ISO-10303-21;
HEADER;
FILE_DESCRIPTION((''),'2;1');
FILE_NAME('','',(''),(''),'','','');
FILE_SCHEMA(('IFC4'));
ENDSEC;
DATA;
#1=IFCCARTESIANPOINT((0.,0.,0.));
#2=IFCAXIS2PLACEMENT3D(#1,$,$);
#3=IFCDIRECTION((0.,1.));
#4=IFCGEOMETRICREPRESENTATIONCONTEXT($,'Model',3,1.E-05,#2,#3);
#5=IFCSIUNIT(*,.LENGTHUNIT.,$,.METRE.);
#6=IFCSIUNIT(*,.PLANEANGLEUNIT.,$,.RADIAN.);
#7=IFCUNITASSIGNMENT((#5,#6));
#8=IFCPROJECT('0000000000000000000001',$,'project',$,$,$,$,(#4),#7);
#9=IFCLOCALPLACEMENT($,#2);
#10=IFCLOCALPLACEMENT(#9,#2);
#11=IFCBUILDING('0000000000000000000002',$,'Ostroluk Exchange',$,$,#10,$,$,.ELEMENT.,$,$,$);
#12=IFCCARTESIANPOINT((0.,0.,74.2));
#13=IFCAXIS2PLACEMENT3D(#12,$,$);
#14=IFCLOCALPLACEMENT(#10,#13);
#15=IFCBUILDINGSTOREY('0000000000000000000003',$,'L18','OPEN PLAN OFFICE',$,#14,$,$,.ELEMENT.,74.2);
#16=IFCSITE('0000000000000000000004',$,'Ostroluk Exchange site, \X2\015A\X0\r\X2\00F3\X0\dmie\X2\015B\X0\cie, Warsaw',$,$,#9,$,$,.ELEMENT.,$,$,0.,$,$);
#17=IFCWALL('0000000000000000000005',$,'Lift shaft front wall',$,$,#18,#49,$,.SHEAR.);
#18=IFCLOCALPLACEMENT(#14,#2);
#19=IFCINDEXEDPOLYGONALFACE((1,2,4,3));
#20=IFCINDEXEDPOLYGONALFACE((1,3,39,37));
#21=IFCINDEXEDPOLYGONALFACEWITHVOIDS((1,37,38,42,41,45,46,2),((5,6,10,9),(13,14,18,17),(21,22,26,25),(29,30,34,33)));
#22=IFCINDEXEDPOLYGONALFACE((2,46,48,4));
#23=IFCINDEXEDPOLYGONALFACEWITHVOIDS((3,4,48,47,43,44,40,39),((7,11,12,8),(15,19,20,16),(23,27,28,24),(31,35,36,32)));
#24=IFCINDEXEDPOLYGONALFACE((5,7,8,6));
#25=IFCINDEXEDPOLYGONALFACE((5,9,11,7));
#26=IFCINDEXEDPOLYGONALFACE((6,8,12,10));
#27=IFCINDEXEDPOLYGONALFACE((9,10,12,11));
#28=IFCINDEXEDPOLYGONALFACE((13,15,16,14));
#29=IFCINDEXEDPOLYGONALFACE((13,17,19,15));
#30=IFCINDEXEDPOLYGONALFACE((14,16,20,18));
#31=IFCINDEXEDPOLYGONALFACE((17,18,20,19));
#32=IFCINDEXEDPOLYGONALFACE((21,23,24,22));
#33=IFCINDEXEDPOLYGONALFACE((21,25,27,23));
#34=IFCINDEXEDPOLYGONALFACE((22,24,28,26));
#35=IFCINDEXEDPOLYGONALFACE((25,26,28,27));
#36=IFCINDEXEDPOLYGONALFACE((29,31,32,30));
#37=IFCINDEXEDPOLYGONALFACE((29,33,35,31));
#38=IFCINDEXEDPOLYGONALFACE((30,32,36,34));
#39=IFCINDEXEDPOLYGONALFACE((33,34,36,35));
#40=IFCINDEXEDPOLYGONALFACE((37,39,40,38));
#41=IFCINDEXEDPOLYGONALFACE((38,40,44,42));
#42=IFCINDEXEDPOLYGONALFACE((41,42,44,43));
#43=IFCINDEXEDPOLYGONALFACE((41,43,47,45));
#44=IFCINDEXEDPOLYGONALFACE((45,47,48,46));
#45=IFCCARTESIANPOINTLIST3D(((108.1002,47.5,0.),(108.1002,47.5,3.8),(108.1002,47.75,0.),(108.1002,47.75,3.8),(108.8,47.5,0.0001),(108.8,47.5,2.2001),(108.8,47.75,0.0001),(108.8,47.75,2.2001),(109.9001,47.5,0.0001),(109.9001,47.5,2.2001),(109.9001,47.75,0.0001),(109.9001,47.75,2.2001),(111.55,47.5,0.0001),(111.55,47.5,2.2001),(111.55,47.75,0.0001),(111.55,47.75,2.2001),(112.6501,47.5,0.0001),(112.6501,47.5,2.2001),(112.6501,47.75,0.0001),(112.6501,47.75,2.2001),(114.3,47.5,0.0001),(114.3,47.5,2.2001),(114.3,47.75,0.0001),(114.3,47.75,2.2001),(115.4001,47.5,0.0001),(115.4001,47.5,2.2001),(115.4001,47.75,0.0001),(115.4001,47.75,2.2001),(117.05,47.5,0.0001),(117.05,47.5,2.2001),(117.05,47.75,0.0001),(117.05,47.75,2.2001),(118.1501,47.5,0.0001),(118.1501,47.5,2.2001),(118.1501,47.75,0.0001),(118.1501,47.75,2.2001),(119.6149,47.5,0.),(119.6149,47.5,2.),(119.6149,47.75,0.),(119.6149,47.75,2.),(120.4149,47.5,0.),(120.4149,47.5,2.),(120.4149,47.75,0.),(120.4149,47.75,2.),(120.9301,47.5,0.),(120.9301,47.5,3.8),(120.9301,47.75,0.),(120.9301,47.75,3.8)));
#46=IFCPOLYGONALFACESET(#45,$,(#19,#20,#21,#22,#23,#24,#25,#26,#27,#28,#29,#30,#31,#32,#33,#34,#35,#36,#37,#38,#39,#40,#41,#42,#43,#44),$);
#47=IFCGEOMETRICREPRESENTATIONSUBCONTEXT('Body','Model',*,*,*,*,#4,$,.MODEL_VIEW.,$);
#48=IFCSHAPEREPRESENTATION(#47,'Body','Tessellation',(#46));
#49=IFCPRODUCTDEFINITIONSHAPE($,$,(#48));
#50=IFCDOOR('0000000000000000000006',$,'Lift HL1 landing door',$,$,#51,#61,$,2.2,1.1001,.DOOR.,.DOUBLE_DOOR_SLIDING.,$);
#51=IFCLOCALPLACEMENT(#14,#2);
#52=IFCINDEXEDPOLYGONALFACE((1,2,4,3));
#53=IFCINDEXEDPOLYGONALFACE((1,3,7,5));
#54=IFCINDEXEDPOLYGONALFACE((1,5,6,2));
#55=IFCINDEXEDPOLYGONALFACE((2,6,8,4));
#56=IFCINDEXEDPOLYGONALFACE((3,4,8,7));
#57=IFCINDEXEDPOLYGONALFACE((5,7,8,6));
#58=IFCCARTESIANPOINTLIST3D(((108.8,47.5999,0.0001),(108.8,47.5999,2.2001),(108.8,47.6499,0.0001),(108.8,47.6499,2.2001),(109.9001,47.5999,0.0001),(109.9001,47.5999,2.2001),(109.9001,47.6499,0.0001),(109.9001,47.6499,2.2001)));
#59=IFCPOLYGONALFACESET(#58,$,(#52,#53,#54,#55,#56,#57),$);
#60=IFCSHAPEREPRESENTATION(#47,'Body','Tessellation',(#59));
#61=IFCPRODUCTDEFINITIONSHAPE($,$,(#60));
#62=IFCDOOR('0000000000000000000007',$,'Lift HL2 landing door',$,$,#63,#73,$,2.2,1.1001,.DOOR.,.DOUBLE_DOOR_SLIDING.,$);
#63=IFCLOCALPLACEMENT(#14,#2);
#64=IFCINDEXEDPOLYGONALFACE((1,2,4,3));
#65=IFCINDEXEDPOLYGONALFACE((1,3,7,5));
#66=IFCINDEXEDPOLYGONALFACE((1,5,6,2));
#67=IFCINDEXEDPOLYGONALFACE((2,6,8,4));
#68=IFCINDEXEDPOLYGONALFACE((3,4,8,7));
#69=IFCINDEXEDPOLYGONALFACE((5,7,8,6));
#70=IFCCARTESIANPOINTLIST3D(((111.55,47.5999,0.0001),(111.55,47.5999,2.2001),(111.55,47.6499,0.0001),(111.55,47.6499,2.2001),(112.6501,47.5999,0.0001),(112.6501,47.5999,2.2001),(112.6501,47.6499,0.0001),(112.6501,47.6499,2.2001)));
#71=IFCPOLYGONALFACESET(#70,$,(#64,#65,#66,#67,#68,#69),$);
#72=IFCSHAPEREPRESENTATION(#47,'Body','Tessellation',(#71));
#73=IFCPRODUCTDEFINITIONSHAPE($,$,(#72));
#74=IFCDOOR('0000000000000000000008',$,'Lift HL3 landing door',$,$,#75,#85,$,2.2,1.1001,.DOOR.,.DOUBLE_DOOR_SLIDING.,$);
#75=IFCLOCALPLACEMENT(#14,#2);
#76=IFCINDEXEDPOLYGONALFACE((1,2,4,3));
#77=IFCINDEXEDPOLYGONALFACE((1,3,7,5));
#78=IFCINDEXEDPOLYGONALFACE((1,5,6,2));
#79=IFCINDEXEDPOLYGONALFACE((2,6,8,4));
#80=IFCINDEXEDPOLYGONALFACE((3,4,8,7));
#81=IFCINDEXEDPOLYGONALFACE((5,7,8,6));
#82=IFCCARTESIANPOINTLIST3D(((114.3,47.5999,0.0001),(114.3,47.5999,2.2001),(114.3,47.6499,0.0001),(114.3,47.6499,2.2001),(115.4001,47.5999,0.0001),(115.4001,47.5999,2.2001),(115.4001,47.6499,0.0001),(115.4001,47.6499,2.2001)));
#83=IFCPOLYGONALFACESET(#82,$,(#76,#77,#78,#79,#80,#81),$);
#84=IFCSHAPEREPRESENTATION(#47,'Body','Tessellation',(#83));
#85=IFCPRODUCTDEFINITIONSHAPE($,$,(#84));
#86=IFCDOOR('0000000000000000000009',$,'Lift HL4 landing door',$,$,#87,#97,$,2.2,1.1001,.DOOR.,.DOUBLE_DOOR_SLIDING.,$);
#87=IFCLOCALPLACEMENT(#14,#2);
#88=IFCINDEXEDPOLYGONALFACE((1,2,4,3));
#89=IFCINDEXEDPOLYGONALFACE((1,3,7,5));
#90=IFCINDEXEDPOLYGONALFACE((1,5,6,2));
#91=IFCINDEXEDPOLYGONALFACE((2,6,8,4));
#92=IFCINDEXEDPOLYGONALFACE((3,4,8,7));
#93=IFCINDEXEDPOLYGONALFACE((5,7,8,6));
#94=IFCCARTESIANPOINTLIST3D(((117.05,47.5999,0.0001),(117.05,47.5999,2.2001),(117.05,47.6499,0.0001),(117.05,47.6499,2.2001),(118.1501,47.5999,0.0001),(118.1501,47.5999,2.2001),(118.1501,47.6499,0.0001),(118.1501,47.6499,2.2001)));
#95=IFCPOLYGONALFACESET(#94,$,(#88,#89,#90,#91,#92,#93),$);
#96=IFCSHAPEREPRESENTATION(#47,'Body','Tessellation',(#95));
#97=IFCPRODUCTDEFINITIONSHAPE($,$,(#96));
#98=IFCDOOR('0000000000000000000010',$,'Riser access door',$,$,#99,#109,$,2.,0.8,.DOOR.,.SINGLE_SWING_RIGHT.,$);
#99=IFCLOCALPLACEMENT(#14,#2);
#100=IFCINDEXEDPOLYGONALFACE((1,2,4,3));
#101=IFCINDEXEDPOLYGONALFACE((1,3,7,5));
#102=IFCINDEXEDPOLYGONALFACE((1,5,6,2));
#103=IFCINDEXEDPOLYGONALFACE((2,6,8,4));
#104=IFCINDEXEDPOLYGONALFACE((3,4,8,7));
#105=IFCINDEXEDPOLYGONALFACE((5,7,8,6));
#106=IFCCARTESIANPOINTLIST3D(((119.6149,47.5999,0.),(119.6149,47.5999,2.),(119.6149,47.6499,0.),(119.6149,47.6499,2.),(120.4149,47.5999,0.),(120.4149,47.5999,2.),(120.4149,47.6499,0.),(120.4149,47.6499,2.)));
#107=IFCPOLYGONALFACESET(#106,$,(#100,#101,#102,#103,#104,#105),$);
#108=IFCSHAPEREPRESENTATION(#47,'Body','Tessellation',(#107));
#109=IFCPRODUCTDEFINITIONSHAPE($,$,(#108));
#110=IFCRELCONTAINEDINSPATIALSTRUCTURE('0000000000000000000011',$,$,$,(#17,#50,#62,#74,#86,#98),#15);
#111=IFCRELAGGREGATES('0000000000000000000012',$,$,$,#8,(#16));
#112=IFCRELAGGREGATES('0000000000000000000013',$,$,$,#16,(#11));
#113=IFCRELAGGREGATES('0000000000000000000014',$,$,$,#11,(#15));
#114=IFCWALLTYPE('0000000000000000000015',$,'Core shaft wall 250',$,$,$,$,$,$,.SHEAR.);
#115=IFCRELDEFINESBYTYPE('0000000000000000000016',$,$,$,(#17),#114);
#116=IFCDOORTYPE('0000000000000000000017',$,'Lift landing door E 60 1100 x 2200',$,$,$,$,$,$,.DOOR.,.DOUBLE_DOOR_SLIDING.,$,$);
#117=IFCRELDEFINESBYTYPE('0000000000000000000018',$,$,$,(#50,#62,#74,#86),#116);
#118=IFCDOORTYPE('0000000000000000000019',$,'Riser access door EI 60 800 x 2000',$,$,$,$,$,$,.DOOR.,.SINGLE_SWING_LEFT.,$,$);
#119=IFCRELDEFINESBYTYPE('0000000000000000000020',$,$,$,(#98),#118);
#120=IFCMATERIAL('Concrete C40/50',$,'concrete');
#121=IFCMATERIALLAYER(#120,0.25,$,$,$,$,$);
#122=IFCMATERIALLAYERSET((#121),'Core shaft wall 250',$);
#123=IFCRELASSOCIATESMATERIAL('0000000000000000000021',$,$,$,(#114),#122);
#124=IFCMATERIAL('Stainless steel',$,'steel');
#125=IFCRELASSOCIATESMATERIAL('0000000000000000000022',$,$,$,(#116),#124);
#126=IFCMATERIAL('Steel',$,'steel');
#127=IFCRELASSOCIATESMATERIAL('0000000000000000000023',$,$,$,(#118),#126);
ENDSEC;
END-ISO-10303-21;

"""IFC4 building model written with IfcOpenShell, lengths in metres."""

from ifc_helpers import new_model, si_unit, direction, frame, frame_2d, origin, place, context, subcontext, project, spatial, rectangle, extrude, material, layer, layer_set, type_object, element, fill, save


model = new_model("IFC4")

# Units and contexts
model_context = context("Model", 3, precision=1e-05, world=origin(), true_north=direction((0.0, 1.0)))
body_context = subcontext(model_context, "Body", "Model", "MODEL_VIEW")
ifc_project = project(units=[si_unit("LENGTHUNIT", "METRE"), si_unit("PLANEANGLEUNIT", "RADIAN")], contexts=[model_context])

# Site, building, storey
site_placement = place(None, origin())
site = spatial("IfcSite", under=ifc_project, at=site_placement, Name="Ostroluk Exchange site, Śródmieście, Warsaw", CompositionType="ELEMENT", RefElevation=0.0)
building_placement = place(site_placement, origin())
building = spatial("IfcBuilding", under=site, at=building_placement, Name="Ostroluk Exchange", CompositionType="ELEMENT")
storey_placement = place(building_placement, frame((0.0, 0.0, 74.2)))
storey = spatial("IfcBuildingStorey", under=building, at=storey_placement, Name="L18", Description="OPEN PLAN OFFICE", CompositionType="ELEMENT", Elevation=74.2)

# Shared definitions
ifc_material_1 = material(Name="Concrete C40/50", Category="concrete")
ifc_layer_1 = layer(ifc_material_1, 0.25)
ifc_layer_set_1 = layer_set([ifc_layer_1], Name="Core shaft wall 250")
wall_type_1 = type_object("IfcWallType", Name="Core shaft wall 250", PredefinedType="SHEAR", material=ifc_layer_set_1)

# Wall, openings, doors
wall_1_placement = place(storey_placement, frame((108.1001, 47.625, 0.0), z_axis=(0.0, 0.0, 1.0), x_axis=(1.0, 0.0, 0.0)))
wall_1 = element("IfcWall", 1, at=wall_1_placement, inside=storey, type_object=wall_type_1, Name="Lift shaft front wall", PredefinedType="SHEAR", context=body_context, shape_type="SweptSolid", body=[
    extrude(rectangle(XDim=12.8298, YDim=0.25, at=frame_2d((6.415, 0.0))), origin(), (0.0, 0.0, 1.0), 3.8),
])
opening_1_placement = place(wall_1_placement, frame((0.7, 0.0, 0.0)))
opening_1 = element("IfcOpeningElement", 2, at=opening_1_placement, cuts=wall_1, PredefinedType="OPENING", context=body_context, shape_type="SweptSolid", body=[
    extrude(rectangle(XDim=1.1001, YDim=2.2, at=frame_2d((0.55, 1.1001))), frame((0.0, 0.135, 0.0), z_axis=(0.0, -1.0, 0.0), x_axis=(1.0, 0.0, 0.0)), (0.0, 0.0, 1.0), 0.27),
])
opening_2_placement = place(wall_1_placement, frame((3.45, 0.0, 0.0)))
opening_2 = element("IfcOpeningElement", 3, at=opening_2_placement, cuts=wall_1, PredefinedType="OPENING", context=body_context, shape_type="SweptSolid", body=[
    extrude(rectangle(XDim=1.1001, YDim=2.2, at=frame_2d((0.55, 1.1001))), frame((0.0, 0.135, 0.0), z_axis=(0.0, -1.0, 0.0), x_axis=(1.0, 0.0, 0.0)), (0.0, 0.0, 1.0), 0.27),
])
opening_3_placement = place(wall_1_placement, frame((6.2, 0.0, 0.0)))
opening_3 = element("IfcOpeningElement", 4, at=opening_3_placement, cuts=wall_1, PredefinedType="OPENING", context=body_context, shape_type="SweptSolid", body=[
    extrude(rectangle(XDim=1.1001, YDim=2.2, at=frame_2d((0.55, 1.1001))), frame((0.0, 0.135, 0.0), z_axis=(0.0, -1.0, 0.0), x_axis=(1.0, 0.0, 0.0)), (0.0, 0.0, 1.0), 0.27),
])
opening_4_placement = place(wall_1_placement, frame((8.95, 0.0, 0.0)))
opening_4 = element("IfcOpeningElement", 5, at=opening_4_placement, cuts=wall_1, PredefinedType="OPENING", context=body_context, shape_type="SweptSolid", body=[
    extrude(rectangle(XDim=1.1001, YDim=2.2, at=frame_2d((0.55, 1.1001))), frame((0.0, 0.135, 0.0), z_axis=(0.0, -1.0, 0.0), x_axis=(1.0, 0.0, 0.0)), (0.0, 0.0, 1.0), 0.27),
])
opening_5_placement = place(wall_1_placement, frame((11.5149, 0.0, 0.0)))
opening_5 = element("IfcOpeningElement", 6, at=opening_5_placement, cuts=wall_1, PredefinedType="OPENING", context=body_context, shape_type="SweptSolid", body=[
    extrude(rectangle(XDim=0.8, YDim=2.0, at=frame_2d((0.3999, 1.0))), frame((0.0, 0.135, 0.0), z_axis=(0.0, -1.0, 0.0), x_axis=(1.0, 0.0, 0.0)), (0.0, 0.0, 1.0), 0.27),
])
ifc_material_2 = material(Name="Stainless steel", Category="steel")
door_type_1 = type_object("IfcDoorType", Name="Lift landing door E 60 1100 x 2200", OperationType="DOUBLE_DOOR_SLIDING", PredefinedType="DOOR", material=ifc_material_2)
door_1_placement = place(opening_1_placement, origin())
door_1 = element("IfcDoor", 7, at=door_1_placement, inside=storey, type_object=door_type_1, Name="Lift HL1 landing door", OperationType="DOUBLE_DOOR_SLIDING", OverallHeight=2.2, OverallWidth=1.1001, PredefinedType="DOOR", context=body_context, shape_type="SweptSolid", body=[
    extrude(rectangle(XDim=1.1001, YDim=2.2, at=frame_2d((0.55, 1.1001))), frame((0.0, 0.0249, 0.0), z_axis=(0.0, -1.0, 0.0), x_axis=(1.0, 0.0, 0.0)), (0.0, 0.0, 1.0), 0.05),
])
fill(opening_1, door_1)
door_2_placement = place(opening_2_placement, origin())
door_2 = element("IfcDoor", 8, at=door_2_placement, inside=storey, type_object=door_type_1, Name="Lift HL2 landing door", OperationType="DOUBLE_DOOR_SLIDING", OverallHeight=2.2, OverallWidth=1.1001, PredefinedType="DOOR", context=body_context, shape_type="SweptSolid", body=[
    extrude(rectangle(XDim=1.1001, YDim=2.2, at=frame_2d((0.55, 1.1001))), frame((0.0, 0.0249, 0.0), z_axis=(0.0, -1.0, 0.0), x_axis=(1.0, 0.0, 0.0)), (0.0, 0.0, 1.0), 0.05),
])
fill(opening_2, door_2)
door_3_placement = place(opening_3_placement, origin())
door_3 = element("IfcDoor", 9, at=door_3_placement, inside=storey, type_object=door_type_1, Name="Lift HL3 landing door", OperationType="DOUBLE_DOOR_SLIDING", OverallHeight=2.2, OverallWidth=1.1001, PredefinedType="DOOR", context=body_context, shape_type="SweptSolid", body=[
    extrude(rectangle(XDim=1.1001, YDim=2.2, at=frame_2d((0.55, 1.1001))), frame((0.0, 0.0249, 0.0), z_axis=(0.0, -1.0, 0.0), x_axis=(1.0, 0.0, 0.0)), (0.0, 0.0, 1.0), 0.05),
])
fill(opening_3, door_3)
door_4_placement = place(opening_4_placement, origin())
door_4 = element("IfcDoor", 10, at=door_4_placement, inside=storey, type_object=door_type_1, Name="Lift HL4 landing door", OperationType="DOUBLE_DOOR_SLIDING", OverallHeight=2.2, OverallWidth=1.1001, PredefinedType="DOOR", context=body_context, shape_type="SweptSolid", body=[
    extrude(rectangle(XDim=1.1001, YDim=2.2, at=frame_2d((0.55, 1.1001))), frame((0.0, 0.0249, 0.0), z_axis=(0.0, -1.0, 0.0), x_axis=(1.0, 0.0, 0.0)), (0.0, 0.0, 1.0), 0.05),
])
fill(opening_4, door_4)
ifc_material_3 = material(Name="Steel", Category="steel")
door_type_2 = type_object("IfcDoorType", Name="Riser access door EI 60 800 x 2000", OperationType="SINGLE_SWING_LEFT", PredefinedType="DOOR", material=ifc_material_3)
door_5_placement = place(opening_5_placement, origin())
door_5 = element("IfcDoor", 11, at=door_5_placement, inside=storey, type_object=door_type_2, Name="Riser access door", OperationType="SINGLE_SWING_RIGHT", OverallHeight=2.0, OverallWidth=0.8, PredefinedType="DOOR", context=body_context, shape_type="SweptSolid", body=[
    extrude(rectangle(XDim=0.8, YDim=2.0, at=frame_2d((0.3999, 1.0))), frame((0.0, 0.0249, 0.0), z_axis=(0.0, -1.0, 0.0), x_axis=(1.0, 0.0, 0.0)), (0.0, 0.0, 1.0), 0.05),
])
fill(opening_5, door_5)

save(model, "model.ifc")
